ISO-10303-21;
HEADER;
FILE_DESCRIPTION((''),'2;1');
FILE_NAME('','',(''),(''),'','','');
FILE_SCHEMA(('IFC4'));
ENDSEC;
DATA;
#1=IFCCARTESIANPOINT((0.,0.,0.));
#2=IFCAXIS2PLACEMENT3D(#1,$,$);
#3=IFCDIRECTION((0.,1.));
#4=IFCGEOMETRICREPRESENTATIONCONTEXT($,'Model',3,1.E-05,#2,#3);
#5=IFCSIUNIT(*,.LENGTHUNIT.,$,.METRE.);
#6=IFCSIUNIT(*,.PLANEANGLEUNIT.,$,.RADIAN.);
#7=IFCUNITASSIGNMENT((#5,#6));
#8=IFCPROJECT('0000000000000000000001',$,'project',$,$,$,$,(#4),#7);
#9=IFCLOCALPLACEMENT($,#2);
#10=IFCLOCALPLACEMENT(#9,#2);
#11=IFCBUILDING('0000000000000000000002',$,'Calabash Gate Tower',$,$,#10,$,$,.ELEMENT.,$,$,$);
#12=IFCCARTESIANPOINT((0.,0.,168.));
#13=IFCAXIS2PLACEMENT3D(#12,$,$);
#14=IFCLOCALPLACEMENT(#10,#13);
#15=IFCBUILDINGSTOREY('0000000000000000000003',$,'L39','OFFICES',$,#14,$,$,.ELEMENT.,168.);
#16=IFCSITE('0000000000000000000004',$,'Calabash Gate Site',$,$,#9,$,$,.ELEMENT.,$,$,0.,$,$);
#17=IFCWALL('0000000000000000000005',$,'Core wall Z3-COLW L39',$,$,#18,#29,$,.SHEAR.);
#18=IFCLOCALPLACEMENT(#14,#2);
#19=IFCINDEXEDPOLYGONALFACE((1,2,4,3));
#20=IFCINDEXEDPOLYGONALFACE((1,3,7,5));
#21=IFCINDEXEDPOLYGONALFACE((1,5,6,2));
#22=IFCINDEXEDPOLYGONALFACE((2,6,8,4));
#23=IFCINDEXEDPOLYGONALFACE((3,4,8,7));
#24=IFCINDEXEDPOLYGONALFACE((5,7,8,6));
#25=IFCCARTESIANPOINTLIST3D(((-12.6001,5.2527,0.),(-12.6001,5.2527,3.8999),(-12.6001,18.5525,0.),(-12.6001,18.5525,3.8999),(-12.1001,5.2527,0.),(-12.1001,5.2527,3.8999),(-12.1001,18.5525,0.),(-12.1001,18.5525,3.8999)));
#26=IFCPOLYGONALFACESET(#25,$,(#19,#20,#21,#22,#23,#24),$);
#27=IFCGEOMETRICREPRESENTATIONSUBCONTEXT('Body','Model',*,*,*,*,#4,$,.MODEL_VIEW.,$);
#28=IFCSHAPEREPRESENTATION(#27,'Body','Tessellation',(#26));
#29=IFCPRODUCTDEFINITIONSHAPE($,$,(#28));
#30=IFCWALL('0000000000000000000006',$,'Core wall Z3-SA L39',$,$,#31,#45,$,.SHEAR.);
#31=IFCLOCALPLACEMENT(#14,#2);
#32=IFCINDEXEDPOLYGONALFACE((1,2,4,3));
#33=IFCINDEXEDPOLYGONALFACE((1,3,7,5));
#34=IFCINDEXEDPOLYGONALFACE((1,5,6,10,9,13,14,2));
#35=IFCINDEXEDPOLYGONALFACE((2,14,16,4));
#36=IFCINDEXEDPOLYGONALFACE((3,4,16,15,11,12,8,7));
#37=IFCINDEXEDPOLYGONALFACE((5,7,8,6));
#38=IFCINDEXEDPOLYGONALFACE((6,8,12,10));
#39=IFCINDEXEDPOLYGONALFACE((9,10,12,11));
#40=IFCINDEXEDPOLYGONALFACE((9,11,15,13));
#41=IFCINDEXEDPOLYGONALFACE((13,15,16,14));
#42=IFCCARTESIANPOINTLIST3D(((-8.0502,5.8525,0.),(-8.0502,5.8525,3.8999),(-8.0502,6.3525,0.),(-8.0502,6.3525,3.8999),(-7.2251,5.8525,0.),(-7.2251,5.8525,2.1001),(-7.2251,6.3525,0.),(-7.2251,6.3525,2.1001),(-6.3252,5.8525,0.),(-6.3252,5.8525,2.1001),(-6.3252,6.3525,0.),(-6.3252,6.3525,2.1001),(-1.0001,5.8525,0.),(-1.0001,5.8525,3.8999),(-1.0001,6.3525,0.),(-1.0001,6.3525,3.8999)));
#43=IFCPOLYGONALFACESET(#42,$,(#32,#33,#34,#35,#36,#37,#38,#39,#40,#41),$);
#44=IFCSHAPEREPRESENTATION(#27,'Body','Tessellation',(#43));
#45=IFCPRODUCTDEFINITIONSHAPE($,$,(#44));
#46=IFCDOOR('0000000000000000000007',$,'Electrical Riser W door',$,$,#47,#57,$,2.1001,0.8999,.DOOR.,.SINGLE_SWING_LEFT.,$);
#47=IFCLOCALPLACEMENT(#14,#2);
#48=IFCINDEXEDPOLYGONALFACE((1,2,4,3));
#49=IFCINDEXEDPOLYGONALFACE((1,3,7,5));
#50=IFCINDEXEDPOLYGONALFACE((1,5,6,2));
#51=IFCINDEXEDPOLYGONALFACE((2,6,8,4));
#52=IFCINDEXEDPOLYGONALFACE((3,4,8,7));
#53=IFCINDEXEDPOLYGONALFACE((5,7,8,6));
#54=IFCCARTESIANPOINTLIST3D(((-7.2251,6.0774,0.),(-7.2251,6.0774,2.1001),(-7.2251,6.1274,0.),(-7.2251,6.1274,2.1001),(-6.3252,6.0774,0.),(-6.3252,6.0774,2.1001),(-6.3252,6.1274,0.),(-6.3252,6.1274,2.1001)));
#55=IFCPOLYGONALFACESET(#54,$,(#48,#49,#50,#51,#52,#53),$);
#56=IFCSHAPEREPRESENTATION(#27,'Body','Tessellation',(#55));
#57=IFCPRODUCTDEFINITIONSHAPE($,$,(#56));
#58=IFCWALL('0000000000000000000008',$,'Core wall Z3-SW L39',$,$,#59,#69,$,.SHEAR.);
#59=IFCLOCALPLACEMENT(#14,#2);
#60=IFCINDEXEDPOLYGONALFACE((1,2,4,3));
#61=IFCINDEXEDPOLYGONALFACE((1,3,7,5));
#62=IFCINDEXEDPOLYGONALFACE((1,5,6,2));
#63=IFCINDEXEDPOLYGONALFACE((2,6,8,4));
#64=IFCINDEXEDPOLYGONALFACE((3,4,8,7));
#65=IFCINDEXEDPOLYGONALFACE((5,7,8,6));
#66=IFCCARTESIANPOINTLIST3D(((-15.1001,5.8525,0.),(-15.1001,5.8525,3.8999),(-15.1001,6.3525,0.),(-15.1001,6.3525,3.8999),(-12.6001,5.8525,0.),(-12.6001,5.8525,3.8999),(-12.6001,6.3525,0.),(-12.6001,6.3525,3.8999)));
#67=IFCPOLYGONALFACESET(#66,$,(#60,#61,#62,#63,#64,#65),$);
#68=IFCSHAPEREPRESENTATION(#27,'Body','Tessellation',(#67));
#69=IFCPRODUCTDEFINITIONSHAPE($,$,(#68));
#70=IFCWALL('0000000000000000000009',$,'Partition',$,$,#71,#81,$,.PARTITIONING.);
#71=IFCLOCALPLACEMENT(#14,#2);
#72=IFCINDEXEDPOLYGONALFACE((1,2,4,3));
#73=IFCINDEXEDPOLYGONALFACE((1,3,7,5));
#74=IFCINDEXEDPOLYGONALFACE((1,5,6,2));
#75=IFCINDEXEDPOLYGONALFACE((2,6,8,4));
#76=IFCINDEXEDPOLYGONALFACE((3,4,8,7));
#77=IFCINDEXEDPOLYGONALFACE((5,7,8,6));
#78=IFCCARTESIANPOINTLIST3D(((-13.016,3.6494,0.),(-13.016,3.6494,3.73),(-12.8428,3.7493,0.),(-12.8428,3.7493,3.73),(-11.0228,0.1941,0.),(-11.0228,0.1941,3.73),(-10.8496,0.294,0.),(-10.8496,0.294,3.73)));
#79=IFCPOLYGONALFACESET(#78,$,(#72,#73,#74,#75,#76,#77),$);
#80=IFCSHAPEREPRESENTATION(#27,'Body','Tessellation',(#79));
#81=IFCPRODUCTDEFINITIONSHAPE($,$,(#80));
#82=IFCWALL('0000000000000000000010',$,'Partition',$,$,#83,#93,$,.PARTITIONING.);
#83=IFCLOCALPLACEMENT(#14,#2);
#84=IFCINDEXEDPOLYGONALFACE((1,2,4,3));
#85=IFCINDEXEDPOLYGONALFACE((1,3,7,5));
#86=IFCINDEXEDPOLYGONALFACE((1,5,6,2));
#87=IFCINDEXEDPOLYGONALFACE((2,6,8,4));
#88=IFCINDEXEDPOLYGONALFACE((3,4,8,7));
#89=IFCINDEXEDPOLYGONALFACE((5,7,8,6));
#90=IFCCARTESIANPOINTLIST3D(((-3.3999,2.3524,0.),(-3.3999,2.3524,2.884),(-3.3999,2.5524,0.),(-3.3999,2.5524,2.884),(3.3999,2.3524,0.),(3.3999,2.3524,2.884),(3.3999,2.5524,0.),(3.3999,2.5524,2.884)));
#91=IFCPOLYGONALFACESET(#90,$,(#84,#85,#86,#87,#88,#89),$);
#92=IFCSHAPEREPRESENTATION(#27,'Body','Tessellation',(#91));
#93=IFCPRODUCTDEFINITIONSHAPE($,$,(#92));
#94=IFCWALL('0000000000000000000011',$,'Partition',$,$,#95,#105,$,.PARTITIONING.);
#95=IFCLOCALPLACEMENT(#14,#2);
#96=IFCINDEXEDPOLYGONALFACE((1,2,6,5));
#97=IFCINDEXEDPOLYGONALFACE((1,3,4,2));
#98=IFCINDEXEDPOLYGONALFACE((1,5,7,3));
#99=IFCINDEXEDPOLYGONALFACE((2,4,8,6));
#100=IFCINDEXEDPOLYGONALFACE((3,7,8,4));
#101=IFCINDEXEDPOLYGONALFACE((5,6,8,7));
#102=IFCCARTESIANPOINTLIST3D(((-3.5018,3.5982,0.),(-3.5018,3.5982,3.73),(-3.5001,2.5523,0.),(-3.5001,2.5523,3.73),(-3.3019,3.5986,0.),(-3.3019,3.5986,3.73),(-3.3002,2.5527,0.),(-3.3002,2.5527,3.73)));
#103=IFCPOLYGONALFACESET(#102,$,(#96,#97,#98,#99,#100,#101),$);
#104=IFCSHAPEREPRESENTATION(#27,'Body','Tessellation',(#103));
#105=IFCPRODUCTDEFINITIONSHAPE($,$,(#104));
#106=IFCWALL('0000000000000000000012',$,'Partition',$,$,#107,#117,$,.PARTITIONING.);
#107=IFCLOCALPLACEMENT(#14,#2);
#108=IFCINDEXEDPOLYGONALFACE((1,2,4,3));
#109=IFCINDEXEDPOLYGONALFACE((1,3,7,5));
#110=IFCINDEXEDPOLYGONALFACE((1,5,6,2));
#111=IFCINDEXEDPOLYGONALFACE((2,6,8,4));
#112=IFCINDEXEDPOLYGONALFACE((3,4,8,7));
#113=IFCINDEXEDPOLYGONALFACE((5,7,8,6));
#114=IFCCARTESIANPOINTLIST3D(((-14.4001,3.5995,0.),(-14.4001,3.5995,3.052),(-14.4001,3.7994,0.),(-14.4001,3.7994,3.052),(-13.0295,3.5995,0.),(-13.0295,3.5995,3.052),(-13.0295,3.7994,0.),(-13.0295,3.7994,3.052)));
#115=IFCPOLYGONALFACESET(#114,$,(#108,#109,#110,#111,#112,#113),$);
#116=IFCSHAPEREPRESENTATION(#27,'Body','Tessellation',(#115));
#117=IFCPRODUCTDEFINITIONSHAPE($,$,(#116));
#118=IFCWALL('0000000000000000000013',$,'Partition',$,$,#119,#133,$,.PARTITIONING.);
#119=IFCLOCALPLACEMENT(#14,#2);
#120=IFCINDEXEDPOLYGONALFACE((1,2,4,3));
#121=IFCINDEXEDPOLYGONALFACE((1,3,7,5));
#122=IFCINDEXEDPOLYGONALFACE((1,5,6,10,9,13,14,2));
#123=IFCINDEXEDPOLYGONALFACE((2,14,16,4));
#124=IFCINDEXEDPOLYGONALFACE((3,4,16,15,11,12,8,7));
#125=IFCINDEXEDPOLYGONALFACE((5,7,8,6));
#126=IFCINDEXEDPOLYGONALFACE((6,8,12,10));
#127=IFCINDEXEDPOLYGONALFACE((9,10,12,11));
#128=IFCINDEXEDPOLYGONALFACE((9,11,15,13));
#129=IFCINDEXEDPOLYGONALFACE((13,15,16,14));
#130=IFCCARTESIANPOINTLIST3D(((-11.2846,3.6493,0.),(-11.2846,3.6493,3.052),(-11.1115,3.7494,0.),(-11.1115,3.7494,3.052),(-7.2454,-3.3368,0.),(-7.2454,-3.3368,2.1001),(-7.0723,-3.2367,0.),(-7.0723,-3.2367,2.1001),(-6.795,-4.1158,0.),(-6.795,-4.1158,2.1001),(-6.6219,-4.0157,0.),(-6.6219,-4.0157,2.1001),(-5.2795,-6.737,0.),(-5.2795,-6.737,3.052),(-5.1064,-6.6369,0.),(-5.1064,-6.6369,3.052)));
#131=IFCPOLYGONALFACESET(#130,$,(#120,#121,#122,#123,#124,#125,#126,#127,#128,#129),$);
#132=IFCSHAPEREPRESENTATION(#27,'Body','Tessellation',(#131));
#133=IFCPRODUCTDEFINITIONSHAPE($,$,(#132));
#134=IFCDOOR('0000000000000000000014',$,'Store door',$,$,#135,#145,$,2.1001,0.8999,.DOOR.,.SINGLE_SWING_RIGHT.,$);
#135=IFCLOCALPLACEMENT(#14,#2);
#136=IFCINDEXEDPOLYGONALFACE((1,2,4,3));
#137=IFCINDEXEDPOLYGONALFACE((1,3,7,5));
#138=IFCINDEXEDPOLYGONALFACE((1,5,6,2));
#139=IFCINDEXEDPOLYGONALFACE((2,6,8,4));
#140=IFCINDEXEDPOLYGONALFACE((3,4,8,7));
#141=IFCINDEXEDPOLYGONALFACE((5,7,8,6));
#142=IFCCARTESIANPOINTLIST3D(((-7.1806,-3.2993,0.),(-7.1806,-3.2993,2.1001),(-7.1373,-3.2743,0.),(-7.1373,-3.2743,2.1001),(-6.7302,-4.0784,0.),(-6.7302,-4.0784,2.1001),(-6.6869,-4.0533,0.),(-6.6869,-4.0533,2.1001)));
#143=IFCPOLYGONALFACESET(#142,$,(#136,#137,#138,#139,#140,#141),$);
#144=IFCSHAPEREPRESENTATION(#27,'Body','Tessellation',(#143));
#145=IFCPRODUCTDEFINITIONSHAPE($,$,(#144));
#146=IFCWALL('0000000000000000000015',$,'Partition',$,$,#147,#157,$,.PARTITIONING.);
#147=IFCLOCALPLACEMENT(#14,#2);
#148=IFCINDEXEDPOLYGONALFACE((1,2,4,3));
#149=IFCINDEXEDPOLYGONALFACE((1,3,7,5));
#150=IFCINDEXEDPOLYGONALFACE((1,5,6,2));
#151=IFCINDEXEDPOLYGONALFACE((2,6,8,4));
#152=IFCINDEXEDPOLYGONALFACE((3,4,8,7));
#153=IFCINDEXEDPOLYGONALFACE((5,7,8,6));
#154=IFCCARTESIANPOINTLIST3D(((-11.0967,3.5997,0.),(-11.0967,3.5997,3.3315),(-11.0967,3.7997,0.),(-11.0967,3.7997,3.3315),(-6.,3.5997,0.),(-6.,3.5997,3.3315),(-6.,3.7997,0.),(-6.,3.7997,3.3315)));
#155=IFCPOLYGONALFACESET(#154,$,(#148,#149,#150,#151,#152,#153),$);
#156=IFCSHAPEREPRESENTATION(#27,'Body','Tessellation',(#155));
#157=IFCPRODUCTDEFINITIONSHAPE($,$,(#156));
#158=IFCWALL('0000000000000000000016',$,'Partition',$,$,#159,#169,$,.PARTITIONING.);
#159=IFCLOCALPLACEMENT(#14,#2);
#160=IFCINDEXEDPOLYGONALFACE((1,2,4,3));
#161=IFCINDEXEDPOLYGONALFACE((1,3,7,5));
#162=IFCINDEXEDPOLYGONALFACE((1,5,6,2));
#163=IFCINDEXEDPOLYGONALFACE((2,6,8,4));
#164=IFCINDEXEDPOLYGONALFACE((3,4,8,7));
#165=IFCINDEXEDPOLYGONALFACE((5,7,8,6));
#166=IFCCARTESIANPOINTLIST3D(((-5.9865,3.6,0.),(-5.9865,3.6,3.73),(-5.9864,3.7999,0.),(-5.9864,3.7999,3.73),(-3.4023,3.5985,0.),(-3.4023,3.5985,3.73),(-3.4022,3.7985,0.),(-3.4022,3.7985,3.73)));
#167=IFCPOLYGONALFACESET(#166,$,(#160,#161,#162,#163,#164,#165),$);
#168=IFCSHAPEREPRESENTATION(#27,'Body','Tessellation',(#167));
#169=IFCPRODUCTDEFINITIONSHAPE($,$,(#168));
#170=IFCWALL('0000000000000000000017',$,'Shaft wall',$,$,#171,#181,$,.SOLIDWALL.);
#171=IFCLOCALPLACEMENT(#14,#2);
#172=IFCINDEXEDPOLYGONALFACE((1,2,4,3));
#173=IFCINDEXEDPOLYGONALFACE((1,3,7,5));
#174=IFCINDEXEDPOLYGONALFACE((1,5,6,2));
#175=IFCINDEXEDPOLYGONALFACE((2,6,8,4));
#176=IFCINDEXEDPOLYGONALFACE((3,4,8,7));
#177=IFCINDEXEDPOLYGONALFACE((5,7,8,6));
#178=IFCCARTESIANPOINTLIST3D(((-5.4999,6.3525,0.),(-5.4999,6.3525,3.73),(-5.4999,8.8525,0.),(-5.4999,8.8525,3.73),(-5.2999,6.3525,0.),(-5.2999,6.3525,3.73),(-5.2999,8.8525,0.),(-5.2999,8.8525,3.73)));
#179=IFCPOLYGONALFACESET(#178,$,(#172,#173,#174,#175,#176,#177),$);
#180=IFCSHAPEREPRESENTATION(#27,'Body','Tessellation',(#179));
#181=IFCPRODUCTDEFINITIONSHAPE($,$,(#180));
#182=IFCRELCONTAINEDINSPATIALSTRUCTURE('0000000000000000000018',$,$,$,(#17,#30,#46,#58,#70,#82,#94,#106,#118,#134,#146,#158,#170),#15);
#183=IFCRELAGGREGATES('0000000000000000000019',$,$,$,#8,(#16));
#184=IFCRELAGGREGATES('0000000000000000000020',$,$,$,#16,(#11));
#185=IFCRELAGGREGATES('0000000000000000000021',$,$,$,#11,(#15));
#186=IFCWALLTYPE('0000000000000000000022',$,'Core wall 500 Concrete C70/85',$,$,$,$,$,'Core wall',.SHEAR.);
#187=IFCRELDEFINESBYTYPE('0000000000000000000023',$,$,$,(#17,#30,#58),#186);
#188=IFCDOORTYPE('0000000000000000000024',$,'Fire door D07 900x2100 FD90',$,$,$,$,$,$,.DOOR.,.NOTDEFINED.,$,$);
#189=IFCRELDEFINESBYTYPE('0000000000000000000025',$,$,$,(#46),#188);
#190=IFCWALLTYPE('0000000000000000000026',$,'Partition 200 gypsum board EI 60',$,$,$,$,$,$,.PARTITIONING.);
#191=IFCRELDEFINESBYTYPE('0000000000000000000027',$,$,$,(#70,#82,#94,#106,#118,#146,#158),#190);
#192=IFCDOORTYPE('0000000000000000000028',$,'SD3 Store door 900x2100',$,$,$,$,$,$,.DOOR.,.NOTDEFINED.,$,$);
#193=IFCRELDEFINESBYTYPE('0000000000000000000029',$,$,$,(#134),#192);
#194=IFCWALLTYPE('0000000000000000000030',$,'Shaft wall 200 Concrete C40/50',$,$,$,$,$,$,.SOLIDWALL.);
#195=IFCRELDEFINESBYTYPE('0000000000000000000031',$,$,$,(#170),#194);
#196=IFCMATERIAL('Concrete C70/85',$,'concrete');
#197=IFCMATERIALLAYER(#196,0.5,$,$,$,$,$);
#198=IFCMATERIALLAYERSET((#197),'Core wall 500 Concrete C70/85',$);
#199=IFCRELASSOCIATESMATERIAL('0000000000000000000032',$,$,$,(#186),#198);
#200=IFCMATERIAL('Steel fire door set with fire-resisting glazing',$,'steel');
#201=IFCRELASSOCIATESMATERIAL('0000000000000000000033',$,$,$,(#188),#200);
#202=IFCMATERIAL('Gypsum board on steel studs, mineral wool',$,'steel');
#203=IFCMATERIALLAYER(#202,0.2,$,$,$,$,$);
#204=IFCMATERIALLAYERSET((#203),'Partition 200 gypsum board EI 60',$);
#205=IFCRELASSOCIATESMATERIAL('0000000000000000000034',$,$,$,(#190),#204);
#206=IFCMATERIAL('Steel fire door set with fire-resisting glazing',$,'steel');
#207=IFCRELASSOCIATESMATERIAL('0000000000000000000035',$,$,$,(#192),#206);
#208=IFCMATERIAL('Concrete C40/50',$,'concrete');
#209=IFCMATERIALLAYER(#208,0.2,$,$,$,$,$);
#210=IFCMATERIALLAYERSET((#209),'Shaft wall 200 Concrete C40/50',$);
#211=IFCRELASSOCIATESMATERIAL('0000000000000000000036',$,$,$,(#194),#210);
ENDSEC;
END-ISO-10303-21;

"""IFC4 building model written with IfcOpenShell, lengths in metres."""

from ifc_helpers import new_model, si_unit, direction, frame, frame_2d, origin, place, context, subcontext, project, spatial, rectangle, extrude, material, layer, layer_set, type_object, element, fill, save


model = new_model("IFC4")

# Units and contexts
model_context = context("Model", 3, precision=1e-05, world=origin(), true_north=direction((0.0, 1.0)))
body_context = subcontext(model_context, "Body", "Model", "MODEL_VIEW")
ifc_project = project(units=[si_unit("LENGTHUNIT", "METRE"), si_unit("PLANEANGLEUNIT", "RADIAN")], contexts=[model_context])

# Site, building, storey
site_placement = place(None, origin())
site = spatial("IfcSite", under=ifc_project, at=site_placement, Name="Calabash Gate Site", CompositionType="ELEMENT", RefElevation=0.0)
building_placement = place(site_placement, origin())
building = spatial("IfcBuilding", under=site, at=building_placement, Name="Calabash Gate Tower", CompositionType="ELEMENT")
storey_placement = place(building_placement, frame((0.0, 0.0, 168.0)))
storey = spatial("IfcBuildingStorey", under=building, at=storey_placement, Name="L39", Description="OFFICES", CompositionType="ELEMENT", Elevation=168.0)

# Wall
ifc_material_1 = material(Name="Concrete C70/85", Category="concrete")
ifc_layer_1 = layer(ifc_material_1, 0.5)
ifc_layer_set_1 = layer_set([ifc_layer_1], Name="Core wall 500 Concrete C70/85")
wall_type_1 = type_object("IfcWallType", Name="Core wall 500 Concrete C70/85", ElementType="Core wall", PredefinedType="SHEAR", material=ifc_layer_set_1)
wall_1_placement = place(storey_placement, frame((-12.3501, 5.2527, 0.0), z_axis=(0.0, 0.0, 1.0), x_axis=(0.0, 1.0, 0.0)))
element("IfcWall", 1, at=wall_1_placement, inside=storey, type_object=wall_type_1, Name="Core wall Z3-COLW L39", PredefinedType="SHEAR", context=body_context, shape_type="SweptSolid", body=[
    extrude(rectangle(XDim=13.2998, YDim=0.5, at=frame_2d((6.6499, 0.0))), origin(), (0.0, 0.0, 1.0), 3.8999),
])

# Wall, opening, door
wall_2_placement = place(storey_placement, frame((-8.05, 6.1025, 0.0), z_axis=(0.0, 0.0, 1.0), x_axis=(1.0, 0.0, 0.0)))
wall_2 = element("IfcWall", 2, at=wall_2_placement, inside=storey, type_object=wall_type_1, Name="Core wall Z3-SA L39", PredefinedType="SHEAR", context=body_context, shape_type="SweptSolid", body=[
    extrude(rectangle(XDim=7.05, YDim=0.5, at=frame_2d((3.5249, 0.0))), origin(), (0.0, 0.0, 1.0), 3.8999),
])
opening_1_placement = place(wall_2_placement, frame((0.825, 0.0, 0.0)))
opening_1 = element("IfcOpeningElement", 3, at=opening_1_placement, cuts=wall_2, PredefinedType="OPENING", context=body_context, shape_type="SweptSolid", body=[
    extrude(rectangle(XDim=0.8999, YDim=2.1001, at=frame_2d((0.45, 1.05))), frame((0.0, 0.26, 0.0), z_axis=(0.0, -1.0, 0.0), x_axis=(1.0, 0.0, 0.0)), (0.0, 0.0, 1.0), 0.52),
])
ifc_material_2 = material(Name="Steel fire door set with fire-resisting glazing", Category="steel")
door_type_1 = type_object("IfcDoorType", Name="Fire door D07 900x2100 FD90", OperationType="NOTDEFINED", PredefinedType="DOOR", material=ifc_material_2)
door_1_placement = place(opening_1_placement, origin())
door_1 = element("IfcDoor", 4, at=door_1_placement, inside=storey, type_object=door_type_1, Name="Electrical Riser W door", OperationType="SINGLE_SWING_LEFT", OverallHeight=2.1001, OverallWidth=0.8999, PredefinedType="DOOR", context=body_context, shape_type="SweptSolid", body=[
    extrude(rectangle(XDim=0.8999, YDim=2.1001, at=frame_2d((0.45, 1.05))), frame((0.0, 0.0249, 0.0), z_axis=(0.0, -1.0, 0.0), x_axis=(1.0, 0.0, 0.0)), (0.0, 0.0, 1.0), 0.05),
])
fill(opening_1, door_1)

# Walls
wall_3_placement = place(storey_placement, frame((-12.6001, 6.1025, 0.0), z_axis=(0.0, 0.0, 1.0), x_axis=(-1.0, 0.0, 0.0)))
element("IfcWall", 5, at=wall_3_placement, inside=storey, type_object=wall_type_1, Name="Core wall Z3-SW L39", PredefinedType="SHEAR", context=body_context, shape_type="SweptSolid", body=[
    extrude(rectangle(XDim=2.5, YDim=0.5, at=frame_2d((1.25, 0.0))), origin(), (0.0, 0.0, 1.0), 3.8999),
])
ifc_material_3 = material(Name="Gypsum board on steel studs, mineral wool", Category="steel")
ifc_layer_2 = layer(ifc_material_3, 0.2)
ifc_layer_set_2 = layer_set([ifc_layer_2], Name="Partition 200 gypsum board EI 60")
wall_type_2 = type_object("IfcWallType", Name="Partition 200 gypsum board EI 60", PredefinedType="PARTITIONING", material=ifc_layer_set_2)
wall_4_placement = place(storey_placement, frame((-12.9294, 3.6995, 0.0), z_axis=(0.0, 0.0, 1.0), x_axis=(0.499668, -0.866217, 0.0)))
element("IfcWall", 6, at=wall_4_placement, inside=storey, type_object=wall_type_2, Name="Partition", PredefinedType="PARTITIONING", context=body_context, shape_type="SweptSolid", body=[
    extrude(rectangle(XDim=3.989, YDim=0.2, at=frame_2d((1.9946, 0.0))), origin(), (0.0, 0.0, 1.0), 3.73),
])
wall_5_placement = place(storey_placement, frame((-3.3999, 2.4524, 0.0), z_axis=(0.0, 0.0, 1.0), x_axis=(1.0, 0.0, 0.0)))
element("IfcWall", 7, at=wall_5_placement, inside=storey, type_object=wall_type_2, Name="Partition", PredefinedType="PARTITIONING", context=body_context, shape_type="SweptSolid", body=[
    extrude(rectangle(XDim=6.7998, YDim=0.2, at=frame_2d((3.3999, 0.0))), origin(), (0.0, 0.0, 1.0), 2.884),
])
wall_6_placement = place(storey_placement, frame((-3.4019, 3.5984, 0.0), z_axis=(0.0, 0.0, 1.0), x_axis=(0.001634, -0.999999, 0.0)))
element("IfcWall", 8, at=wall_6_placement, inside=storey, type_object=wall_type_2, Name="Partition", PredefinedType="PARTITIONING", context=body_context, shape_type="SweptSolid", body=[
    extrude(rectangle(XDim=1.0459, YDim=0.2, at=frame_2d((0.5229, 0.0))), origin(), (0.0, 0.0, 1.0), 3.73),
])
wall_7_placement = place(storey_placement, frame((-14.4001, 3.6995, 0.0), z_axis=(0.0, 0.0, 1.0), x_axis=(1.0, 0.0, 0.0)))
element("IfcWall", 9, at=wall_7_placement, inside=storey, type_object=wall_type_2, Name="Partition", PredefinedType="PARTITIONING", context=body_context, shape_type="SweptSolid", body=[
    extrude(rectangle(XDim=1.3706, YDim=0.2, at=frame_2d((0.6853, 0.0))), origin(), (0.0, 0.0, 1.0), 3.052),
])

# Wall, opening, door
wall_8_placement = place(storey_placement, frame((-11.198, 3.6992, 0.0), z_axis=(0.0, 0.0, 1.0), x_axis=(0.50054, -0.865714, 0.0)))
wall_8 = element("IfcWall", 10, at=wall_8_placement, inside=storey, type_object=wall_type_2, Name="Partition", PredefinedType="PARTITIONING", context=body_context, shape_type="SweptSolid", body=[
    extrude(rectangle(XDim=11.9973, YDim=0.2, at=frame_2d((5.9985, 0.0))), origin(), (0.0, 0.0, 1.0), 3.052),
])
opening_2_placement = place(wall_8_placement, frame((8.0696, 0.0, 0.0)))
opening_2 = element("IfcOpeningElement", 11, at=opening_2_placement, cuts=wall_8, PredefinedType="OPENING", context=body_context, shape_type="SweptSolid", body=[
    extrude(rectangle(XDim=0.8999, YDim=2.1001, at=frame_2d((0.45, 1.05))), frame((0.0, 0.1099, 0.0), z_axis=(0.0, -1.0, 0.0), x_axis=(1.0, 0.0, 0.0)), (0.0, 0.0, 1.0), 0.22),
])
ifc_material_4 = material(Name="Steel fire door set with fire-resisting glazing", Category="steel")
door_type_2 = type_object("IfcDoorType", Name="SD3 Store door 900x2100", OperationType="NOTDEFINED", PredefinedType="DOOR", material=ifc_material_4)
door_2_placement = place(opening_2_placement, origin())
door_2 = element("IfcDoor", 12, at=door_2_placement, inside=storey, type_object=door_type_2, Name="Store door", OperationType="SINGLE_SWING_RIGHT", OverallHeight=2.1001, OverallWidth=0.8999, PredefinedType="DOOR", context=body_context, shape_type="SweptSolid", body=[
    extrude(rectangle(XDim=0.8999, YDim=2.1001, at=frame_2d((0.45, 1.05))), frame((0.0, 0.0249, 0.0), z_axis=(0.0, -1.0, 0.0), x_axis=(1.0, 0.0, 0.0)), (0.0, 0.0, 1.0), 0.05),
])
fill(opening_2, door_2)

# Walls
wall_9_placement = place(storey_placement, frame((-11.0967, 3.6997, 0.0), z_axis=(0.0, 0.0, 1.0), x_axis=(1.0, 0.0, 0.0)))
element("IfcWall", 13, at=wall_9_placement, inside=storey, type_object=wall_type_2, Name="Partition", PredefinedType="PARTITIONING", context=body_context, shape_type="SweptSolid", body=[
    extrude(rectangle(XDim=5.0967, YDim=0.2, at=frame_2d((2.5483, 0.0))), origin(), (0.0, 0.0, 1.0), 3.3315),
])
wall_10_placement = place(storey_placement, frame((-5.9863, 3.7, 0.0), z_axis=(0.0, 0.0, 1.0), x_axis=(1.0, -0.000567, 0.0)))
element("IfcWall", 14, at=wall_10_placement, inside=storey, type_object=wall_type_2, Name="Partition", PredefinedType="PARTITIONING", context=body_context, shape_type="SweptSolid", body=[
    extrude(rectangle(XDim=2.5842, YDim=0.2, at=frame_2d((1.292, 0.0))), origin(), (0.0, 0.0, 1.0), 3.73),
])
ifc_material_5 = material(Name="Concrete C40/50", Category="concrete")
ifc_layer_3 = layer(ifc_material_5, 0.2)
ifc_layer_set_3 = layer_set([ifc_layer_3], Name="Shaft wall 200 Concrete C40/50")
wall_type_3 = type_object("IfcWallType", Name="Shaft wall 200 Concrete C40/50", PredefinedType="SOLIDWALL", material=ifc_layer_set_3)
for number, where, z_axis, x_axis, name in (
    (15, (-5.3999, 6.3525, 0.0), (0.0, 0.0, 1.0), (0.0, 1.0, 0.0), "Shaft wall"),
):
    element("IfcWall", number, at=place(storey_placement, frame(where, z_axis=z_axis, x_axis=x_axis)), inside=storey, type_object=wall_type_3, Name=name, PredefinedType="SOLIDWALL", context=body_context, shape_type="SweptSolid", body=[
        extrude(rectangle(XDim=2.5, YDim=0.2, at=frame_2d((1.25, 0.0))), origin(), (0.0, 0.0, 1.0), 3.73),
    ])

save(model, "model.ifc")
